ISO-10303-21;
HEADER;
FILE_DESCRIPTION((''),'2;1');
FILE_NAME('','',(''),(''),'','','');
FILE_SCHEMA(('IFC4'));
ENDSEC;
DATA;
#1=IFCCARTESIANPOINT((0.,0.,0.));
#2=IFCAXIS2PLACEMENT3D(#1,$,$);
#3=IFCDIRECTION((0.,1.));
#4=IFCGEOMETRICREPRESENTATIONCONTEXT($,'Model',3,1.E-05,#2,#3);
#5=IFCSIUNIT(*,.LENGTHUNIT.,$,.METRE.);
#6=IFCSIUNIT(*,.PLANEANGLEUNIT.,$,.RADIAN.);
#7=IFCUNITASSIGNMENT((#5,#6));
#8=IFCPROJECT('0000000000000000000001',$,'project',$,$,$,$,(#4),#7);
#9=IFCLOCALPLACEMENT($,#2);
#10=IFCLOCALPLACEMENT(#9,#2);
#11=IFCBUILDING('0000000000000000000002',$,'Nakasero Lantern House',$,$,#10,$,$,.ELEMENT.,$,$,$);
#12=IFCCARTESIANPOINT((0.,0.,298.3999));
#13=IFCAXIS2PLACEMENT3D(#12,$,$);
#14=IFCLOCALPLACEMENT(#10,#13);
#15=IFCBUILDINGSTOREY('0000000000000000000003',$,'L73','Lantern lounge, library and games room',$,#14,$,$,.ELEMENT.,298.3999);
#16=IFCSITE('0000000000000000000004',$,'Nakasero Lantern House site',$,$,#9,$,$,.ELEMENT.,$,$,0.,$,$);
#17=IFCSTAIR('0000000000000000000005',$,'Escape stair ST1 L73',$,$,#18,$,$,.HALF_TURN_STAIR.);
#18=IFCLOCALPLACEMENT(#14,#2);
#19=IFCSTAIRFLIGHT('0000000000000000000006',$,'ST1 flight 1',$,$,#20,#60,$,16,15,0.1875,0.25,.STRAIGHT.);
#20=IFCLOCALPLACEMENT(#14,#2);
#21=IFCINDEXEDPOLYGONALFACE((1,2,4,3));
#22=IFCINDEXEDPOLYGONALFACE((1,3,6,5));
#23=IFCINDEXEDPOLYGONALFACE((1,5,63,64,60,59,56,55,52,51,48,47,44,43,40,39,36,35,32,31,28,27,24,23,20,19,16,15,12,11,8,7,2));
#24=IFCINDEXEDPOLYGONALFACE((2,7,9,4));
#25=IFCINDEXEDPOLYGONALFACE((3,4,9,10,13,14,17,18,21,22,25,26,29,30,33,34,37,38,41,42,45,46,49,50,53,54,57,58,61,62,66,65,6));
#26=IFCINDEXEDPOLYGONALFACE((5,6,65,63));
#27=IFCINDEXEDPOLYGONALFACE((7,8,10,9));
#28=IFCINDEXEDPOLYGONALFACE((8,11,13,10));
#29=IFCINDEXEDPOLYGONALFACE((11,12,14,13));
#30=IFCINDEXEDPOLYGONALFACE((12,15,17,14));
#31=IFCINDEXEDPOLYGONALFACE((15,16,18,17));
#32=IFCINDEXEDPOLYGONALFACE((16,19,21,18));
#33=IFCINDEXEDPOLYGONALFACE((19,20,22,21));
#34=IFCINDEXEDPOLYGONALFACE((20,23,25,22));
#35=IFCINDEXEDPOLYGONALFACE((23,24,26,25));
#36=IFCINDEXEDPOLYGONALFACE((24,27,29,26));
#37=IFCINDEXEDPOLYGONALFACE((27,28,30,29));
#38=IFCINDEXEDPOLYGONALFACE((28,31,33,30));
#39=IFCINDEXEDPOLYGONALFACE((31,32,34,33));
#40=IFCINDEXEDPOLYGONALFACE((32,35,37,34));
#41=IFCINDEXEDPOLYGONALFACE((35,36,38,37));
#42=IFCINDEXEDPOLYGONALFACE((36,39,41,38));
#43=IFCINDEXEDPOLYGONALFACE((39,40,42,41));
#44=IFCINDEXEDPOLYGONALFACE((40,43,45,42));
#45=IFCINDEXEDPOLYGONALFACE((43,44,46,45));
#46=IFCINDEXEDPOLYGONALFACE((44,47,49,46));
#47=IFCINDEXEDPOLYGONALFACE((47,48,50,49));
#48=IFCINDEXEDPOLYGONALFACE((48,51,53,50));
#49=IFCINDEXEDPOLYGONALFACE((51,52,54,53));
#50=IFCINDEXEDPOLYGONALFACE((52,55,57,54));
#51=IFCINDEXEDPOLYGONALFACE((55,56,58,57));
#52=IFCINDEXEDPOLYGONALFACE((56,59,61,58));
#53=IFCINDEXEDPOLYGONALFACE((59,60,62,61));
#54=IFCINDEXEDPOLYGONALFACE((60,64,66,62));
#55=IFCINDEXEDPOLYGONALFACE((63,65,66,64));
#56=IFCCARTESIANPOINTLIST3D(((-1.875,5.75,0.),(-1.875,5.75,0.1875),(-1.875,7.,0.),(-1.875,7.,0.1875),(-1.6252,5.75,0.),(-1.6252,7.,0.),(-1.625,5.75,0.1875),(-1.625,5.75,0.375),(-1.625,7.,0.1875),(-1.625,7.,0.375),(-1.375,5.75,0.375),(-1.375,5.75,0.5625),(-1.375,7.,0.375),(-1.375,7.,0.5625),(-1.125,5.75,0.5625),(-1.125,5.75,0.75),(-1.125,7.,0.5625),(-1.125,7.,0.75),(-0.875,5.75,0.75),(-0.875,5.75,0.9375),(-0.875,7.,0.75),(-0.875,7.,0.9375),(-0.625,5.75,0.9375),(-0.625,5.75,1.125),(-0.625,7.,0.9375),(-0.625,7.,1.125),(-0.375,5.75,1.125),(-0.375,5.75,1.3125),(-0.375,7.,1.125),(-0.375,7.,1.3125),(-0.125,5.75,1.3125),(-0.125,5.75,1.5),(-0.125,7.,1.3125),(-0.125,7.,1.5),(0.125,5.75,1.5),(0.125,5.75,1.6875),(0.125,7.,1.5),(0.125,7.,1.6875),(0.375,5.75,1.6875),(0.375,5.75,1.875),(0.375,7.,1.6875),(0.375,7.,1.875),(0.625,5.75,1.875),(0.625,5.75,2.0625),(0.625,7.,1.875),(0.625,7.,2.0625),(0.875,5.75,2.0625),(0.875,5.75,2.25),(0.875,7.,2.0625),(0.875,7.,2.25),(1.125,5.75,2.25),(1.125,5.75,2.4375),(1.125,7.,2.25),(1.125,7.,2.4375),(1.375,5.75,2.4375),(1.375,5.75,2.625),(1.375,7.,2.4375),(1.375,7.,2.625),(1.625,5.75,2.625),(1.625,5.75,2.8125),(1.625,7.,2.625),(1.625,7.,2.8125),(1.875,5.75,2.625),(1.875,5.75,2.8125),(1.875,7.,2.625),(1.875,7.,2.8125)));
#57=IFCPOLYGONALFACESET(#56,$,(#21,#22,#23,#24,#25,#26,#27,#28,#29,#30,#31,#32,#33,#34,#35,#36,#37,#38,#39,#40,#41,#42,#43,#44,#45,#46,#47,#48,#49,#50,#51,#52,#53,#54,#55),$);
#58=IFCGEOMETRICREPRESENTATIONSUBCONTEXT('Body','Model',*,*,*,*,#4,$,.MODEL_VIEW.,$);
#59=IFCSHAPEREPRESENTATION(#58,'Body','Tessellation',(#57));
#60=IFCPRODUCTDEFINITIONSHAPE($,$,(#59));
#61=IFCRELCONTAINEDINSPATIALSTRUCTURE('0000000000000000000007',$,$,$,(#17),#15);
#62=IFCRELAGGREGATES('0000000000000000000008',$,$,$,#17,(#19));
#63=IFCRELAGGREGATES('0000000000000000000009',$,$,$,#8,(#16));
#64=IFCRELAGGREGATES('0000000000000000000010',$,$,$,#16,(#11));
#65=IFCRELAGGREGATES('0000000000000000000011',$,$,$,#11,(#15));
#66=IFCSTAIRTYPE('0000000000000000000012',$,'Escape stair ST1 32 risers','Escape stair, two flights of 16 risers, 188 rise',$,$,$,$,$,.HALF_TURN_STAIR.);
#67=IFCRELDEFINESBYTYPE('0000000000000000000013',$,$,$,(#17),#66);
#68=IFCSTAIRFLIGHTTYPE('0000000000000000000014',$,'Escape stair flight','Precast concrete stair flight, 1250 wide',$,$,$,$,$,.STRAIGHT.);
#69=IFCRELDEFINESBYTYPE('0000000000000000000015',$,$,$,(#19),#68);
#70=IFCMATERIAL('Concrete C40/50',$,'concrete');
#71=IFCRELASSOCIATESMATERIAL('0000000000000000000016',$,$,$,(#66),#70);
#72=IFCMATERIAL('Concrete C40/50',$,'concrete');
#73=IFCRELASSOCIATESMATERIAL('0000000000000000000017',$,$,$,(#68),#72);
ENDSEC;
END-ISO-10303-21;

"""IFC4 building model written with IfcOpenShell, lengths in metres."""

from ifc_helpers import new_model, si_unit, direction, frame, origin, place, context, subcontext, project, spatial, polyline, outline, extrude, material, type_object, element, aggregate, save


model = new_model("IFC4")

# Units and contexts
model_context = context("Model", 3, precision=1e-05, world=origin(), true_north=direction((0.0, 1.0)))
body_context = subcontext(model_context, "Body", "Model", "MODEL_VIEW")
ifc_project = project(units=[si_unit("LENGTHUNIT", "METRE"), si_unit("PLANEANGLEUNIT", "RADIAN")], contexts=[model_context])

# Site, building, storey
site_placement = place(None, origin())
site = spatial("IfcSite", under=ifc_project, at=site_placement, Name="Nakasero Lantern House site", CompositionType="ELEMENT", RefElevation=0.0)
building_placement = place(site_placement, origin())
building = spatial("IfcBuilding", under=site, at=building_placement, Name="Nakasero Lantern House", CompositionType="ELEMENT")
storey_placement = place(building_placement, frame((0.0, 0.0, 298.3999)))
storey = spatial("IfcBuildingStorey", under=building, at=storey_placement, Name="L73", Description="Lantern lounge, library and games room", CompositionType="ELEMENT", Elevation=298.3999)

# Stair, stair flight
ifc_material_1 = material(Name="Concrete C40/50", Category="concrete")
stair_type = type_object("IfcStairType", Name="Escape stair ST1 32 risers", Description="Escape stair, two flights of 16 risers, 188 rise", PredefinedType="HALF_TURN_STAIR", material=ifc_material_1)
stair_placement = place(storey_placement, origin())
stair = element("IfcStair", 1, at=stair_placement, inside=storey, type_object=stair_type, Name="Escape stair ST1 L73", PredefinedType="HALF_TURN_STAIR")
ifc_material_2 = material(Name="Concrete C40/50", Category="concrete")
stair_flight_type = type_object("IfcStairFlightType", Name="Escape stair flight", Description="Precast concrete stair flight, 1250 wide", PredefinedType="STRAIGHT", material=ifc_material_2)
stair_flight_placement = place(storey_placement, frame((-1.875, 6.375, 0.0), z_axis=(0.0, 0.0, 1.0), x_axis=(1.0, 0.0, 0.0)))
stair_flight = element("IfcStairFlight", 2, at=stair_flight_placement, type_object=stair_flight_type, Name="ST1 flight 1", NumberOfRisers=16, NumberOfTreads=15, PredefinedType="STRAIGHT", RiserHeight=0.1875, TreadLength=0.25, context=body_context, shape_type="SweptSolid", body=[
    extrude(outline(polyline([(0.0, 0.0), (0.0, 0.1875), (0.25, 0.1875), (0.25, 0.375), (0.5, 0.375), (0.5, 0.5625), (0.75, 0.5625), (0.75, 0.75), (1.0, 0.75), (1.0, 0.9375), (1.25, 0.9375), (1.25, 1.125), (1.5, 1.125), (1.5, 1.3125), (1.75, 1.3125), (1.75, 1.5), (2.0, 1.5), (2.0, 1.6875), (2.25, 1.6875), (2.25, 1.875), (2.5, 1.875), (2.5, 2.0625), (2.75, 2.0625), (2.75, 2.25), (3.0, 2.25), (3.0, 2.4375), (3.25, 2.4375), (3.25, 2.625), (3.5, 2.625), (3.5, 2.8125), (3.75, 2.8125), (3.75, 3.0), (3.75, 2.625), (0.2498, 0.0), (0.0, 0.0)])), frame((0.0, 0.625, 0.0), z_axis=(0.0, -1.0, 0.0), x_axis=(1.0, 0.0, 0.0)), (0.0, 0.0, 1.0), 1.25),
])
aggregate(stair, [stair_flight])

save(model, "model.ifc")
